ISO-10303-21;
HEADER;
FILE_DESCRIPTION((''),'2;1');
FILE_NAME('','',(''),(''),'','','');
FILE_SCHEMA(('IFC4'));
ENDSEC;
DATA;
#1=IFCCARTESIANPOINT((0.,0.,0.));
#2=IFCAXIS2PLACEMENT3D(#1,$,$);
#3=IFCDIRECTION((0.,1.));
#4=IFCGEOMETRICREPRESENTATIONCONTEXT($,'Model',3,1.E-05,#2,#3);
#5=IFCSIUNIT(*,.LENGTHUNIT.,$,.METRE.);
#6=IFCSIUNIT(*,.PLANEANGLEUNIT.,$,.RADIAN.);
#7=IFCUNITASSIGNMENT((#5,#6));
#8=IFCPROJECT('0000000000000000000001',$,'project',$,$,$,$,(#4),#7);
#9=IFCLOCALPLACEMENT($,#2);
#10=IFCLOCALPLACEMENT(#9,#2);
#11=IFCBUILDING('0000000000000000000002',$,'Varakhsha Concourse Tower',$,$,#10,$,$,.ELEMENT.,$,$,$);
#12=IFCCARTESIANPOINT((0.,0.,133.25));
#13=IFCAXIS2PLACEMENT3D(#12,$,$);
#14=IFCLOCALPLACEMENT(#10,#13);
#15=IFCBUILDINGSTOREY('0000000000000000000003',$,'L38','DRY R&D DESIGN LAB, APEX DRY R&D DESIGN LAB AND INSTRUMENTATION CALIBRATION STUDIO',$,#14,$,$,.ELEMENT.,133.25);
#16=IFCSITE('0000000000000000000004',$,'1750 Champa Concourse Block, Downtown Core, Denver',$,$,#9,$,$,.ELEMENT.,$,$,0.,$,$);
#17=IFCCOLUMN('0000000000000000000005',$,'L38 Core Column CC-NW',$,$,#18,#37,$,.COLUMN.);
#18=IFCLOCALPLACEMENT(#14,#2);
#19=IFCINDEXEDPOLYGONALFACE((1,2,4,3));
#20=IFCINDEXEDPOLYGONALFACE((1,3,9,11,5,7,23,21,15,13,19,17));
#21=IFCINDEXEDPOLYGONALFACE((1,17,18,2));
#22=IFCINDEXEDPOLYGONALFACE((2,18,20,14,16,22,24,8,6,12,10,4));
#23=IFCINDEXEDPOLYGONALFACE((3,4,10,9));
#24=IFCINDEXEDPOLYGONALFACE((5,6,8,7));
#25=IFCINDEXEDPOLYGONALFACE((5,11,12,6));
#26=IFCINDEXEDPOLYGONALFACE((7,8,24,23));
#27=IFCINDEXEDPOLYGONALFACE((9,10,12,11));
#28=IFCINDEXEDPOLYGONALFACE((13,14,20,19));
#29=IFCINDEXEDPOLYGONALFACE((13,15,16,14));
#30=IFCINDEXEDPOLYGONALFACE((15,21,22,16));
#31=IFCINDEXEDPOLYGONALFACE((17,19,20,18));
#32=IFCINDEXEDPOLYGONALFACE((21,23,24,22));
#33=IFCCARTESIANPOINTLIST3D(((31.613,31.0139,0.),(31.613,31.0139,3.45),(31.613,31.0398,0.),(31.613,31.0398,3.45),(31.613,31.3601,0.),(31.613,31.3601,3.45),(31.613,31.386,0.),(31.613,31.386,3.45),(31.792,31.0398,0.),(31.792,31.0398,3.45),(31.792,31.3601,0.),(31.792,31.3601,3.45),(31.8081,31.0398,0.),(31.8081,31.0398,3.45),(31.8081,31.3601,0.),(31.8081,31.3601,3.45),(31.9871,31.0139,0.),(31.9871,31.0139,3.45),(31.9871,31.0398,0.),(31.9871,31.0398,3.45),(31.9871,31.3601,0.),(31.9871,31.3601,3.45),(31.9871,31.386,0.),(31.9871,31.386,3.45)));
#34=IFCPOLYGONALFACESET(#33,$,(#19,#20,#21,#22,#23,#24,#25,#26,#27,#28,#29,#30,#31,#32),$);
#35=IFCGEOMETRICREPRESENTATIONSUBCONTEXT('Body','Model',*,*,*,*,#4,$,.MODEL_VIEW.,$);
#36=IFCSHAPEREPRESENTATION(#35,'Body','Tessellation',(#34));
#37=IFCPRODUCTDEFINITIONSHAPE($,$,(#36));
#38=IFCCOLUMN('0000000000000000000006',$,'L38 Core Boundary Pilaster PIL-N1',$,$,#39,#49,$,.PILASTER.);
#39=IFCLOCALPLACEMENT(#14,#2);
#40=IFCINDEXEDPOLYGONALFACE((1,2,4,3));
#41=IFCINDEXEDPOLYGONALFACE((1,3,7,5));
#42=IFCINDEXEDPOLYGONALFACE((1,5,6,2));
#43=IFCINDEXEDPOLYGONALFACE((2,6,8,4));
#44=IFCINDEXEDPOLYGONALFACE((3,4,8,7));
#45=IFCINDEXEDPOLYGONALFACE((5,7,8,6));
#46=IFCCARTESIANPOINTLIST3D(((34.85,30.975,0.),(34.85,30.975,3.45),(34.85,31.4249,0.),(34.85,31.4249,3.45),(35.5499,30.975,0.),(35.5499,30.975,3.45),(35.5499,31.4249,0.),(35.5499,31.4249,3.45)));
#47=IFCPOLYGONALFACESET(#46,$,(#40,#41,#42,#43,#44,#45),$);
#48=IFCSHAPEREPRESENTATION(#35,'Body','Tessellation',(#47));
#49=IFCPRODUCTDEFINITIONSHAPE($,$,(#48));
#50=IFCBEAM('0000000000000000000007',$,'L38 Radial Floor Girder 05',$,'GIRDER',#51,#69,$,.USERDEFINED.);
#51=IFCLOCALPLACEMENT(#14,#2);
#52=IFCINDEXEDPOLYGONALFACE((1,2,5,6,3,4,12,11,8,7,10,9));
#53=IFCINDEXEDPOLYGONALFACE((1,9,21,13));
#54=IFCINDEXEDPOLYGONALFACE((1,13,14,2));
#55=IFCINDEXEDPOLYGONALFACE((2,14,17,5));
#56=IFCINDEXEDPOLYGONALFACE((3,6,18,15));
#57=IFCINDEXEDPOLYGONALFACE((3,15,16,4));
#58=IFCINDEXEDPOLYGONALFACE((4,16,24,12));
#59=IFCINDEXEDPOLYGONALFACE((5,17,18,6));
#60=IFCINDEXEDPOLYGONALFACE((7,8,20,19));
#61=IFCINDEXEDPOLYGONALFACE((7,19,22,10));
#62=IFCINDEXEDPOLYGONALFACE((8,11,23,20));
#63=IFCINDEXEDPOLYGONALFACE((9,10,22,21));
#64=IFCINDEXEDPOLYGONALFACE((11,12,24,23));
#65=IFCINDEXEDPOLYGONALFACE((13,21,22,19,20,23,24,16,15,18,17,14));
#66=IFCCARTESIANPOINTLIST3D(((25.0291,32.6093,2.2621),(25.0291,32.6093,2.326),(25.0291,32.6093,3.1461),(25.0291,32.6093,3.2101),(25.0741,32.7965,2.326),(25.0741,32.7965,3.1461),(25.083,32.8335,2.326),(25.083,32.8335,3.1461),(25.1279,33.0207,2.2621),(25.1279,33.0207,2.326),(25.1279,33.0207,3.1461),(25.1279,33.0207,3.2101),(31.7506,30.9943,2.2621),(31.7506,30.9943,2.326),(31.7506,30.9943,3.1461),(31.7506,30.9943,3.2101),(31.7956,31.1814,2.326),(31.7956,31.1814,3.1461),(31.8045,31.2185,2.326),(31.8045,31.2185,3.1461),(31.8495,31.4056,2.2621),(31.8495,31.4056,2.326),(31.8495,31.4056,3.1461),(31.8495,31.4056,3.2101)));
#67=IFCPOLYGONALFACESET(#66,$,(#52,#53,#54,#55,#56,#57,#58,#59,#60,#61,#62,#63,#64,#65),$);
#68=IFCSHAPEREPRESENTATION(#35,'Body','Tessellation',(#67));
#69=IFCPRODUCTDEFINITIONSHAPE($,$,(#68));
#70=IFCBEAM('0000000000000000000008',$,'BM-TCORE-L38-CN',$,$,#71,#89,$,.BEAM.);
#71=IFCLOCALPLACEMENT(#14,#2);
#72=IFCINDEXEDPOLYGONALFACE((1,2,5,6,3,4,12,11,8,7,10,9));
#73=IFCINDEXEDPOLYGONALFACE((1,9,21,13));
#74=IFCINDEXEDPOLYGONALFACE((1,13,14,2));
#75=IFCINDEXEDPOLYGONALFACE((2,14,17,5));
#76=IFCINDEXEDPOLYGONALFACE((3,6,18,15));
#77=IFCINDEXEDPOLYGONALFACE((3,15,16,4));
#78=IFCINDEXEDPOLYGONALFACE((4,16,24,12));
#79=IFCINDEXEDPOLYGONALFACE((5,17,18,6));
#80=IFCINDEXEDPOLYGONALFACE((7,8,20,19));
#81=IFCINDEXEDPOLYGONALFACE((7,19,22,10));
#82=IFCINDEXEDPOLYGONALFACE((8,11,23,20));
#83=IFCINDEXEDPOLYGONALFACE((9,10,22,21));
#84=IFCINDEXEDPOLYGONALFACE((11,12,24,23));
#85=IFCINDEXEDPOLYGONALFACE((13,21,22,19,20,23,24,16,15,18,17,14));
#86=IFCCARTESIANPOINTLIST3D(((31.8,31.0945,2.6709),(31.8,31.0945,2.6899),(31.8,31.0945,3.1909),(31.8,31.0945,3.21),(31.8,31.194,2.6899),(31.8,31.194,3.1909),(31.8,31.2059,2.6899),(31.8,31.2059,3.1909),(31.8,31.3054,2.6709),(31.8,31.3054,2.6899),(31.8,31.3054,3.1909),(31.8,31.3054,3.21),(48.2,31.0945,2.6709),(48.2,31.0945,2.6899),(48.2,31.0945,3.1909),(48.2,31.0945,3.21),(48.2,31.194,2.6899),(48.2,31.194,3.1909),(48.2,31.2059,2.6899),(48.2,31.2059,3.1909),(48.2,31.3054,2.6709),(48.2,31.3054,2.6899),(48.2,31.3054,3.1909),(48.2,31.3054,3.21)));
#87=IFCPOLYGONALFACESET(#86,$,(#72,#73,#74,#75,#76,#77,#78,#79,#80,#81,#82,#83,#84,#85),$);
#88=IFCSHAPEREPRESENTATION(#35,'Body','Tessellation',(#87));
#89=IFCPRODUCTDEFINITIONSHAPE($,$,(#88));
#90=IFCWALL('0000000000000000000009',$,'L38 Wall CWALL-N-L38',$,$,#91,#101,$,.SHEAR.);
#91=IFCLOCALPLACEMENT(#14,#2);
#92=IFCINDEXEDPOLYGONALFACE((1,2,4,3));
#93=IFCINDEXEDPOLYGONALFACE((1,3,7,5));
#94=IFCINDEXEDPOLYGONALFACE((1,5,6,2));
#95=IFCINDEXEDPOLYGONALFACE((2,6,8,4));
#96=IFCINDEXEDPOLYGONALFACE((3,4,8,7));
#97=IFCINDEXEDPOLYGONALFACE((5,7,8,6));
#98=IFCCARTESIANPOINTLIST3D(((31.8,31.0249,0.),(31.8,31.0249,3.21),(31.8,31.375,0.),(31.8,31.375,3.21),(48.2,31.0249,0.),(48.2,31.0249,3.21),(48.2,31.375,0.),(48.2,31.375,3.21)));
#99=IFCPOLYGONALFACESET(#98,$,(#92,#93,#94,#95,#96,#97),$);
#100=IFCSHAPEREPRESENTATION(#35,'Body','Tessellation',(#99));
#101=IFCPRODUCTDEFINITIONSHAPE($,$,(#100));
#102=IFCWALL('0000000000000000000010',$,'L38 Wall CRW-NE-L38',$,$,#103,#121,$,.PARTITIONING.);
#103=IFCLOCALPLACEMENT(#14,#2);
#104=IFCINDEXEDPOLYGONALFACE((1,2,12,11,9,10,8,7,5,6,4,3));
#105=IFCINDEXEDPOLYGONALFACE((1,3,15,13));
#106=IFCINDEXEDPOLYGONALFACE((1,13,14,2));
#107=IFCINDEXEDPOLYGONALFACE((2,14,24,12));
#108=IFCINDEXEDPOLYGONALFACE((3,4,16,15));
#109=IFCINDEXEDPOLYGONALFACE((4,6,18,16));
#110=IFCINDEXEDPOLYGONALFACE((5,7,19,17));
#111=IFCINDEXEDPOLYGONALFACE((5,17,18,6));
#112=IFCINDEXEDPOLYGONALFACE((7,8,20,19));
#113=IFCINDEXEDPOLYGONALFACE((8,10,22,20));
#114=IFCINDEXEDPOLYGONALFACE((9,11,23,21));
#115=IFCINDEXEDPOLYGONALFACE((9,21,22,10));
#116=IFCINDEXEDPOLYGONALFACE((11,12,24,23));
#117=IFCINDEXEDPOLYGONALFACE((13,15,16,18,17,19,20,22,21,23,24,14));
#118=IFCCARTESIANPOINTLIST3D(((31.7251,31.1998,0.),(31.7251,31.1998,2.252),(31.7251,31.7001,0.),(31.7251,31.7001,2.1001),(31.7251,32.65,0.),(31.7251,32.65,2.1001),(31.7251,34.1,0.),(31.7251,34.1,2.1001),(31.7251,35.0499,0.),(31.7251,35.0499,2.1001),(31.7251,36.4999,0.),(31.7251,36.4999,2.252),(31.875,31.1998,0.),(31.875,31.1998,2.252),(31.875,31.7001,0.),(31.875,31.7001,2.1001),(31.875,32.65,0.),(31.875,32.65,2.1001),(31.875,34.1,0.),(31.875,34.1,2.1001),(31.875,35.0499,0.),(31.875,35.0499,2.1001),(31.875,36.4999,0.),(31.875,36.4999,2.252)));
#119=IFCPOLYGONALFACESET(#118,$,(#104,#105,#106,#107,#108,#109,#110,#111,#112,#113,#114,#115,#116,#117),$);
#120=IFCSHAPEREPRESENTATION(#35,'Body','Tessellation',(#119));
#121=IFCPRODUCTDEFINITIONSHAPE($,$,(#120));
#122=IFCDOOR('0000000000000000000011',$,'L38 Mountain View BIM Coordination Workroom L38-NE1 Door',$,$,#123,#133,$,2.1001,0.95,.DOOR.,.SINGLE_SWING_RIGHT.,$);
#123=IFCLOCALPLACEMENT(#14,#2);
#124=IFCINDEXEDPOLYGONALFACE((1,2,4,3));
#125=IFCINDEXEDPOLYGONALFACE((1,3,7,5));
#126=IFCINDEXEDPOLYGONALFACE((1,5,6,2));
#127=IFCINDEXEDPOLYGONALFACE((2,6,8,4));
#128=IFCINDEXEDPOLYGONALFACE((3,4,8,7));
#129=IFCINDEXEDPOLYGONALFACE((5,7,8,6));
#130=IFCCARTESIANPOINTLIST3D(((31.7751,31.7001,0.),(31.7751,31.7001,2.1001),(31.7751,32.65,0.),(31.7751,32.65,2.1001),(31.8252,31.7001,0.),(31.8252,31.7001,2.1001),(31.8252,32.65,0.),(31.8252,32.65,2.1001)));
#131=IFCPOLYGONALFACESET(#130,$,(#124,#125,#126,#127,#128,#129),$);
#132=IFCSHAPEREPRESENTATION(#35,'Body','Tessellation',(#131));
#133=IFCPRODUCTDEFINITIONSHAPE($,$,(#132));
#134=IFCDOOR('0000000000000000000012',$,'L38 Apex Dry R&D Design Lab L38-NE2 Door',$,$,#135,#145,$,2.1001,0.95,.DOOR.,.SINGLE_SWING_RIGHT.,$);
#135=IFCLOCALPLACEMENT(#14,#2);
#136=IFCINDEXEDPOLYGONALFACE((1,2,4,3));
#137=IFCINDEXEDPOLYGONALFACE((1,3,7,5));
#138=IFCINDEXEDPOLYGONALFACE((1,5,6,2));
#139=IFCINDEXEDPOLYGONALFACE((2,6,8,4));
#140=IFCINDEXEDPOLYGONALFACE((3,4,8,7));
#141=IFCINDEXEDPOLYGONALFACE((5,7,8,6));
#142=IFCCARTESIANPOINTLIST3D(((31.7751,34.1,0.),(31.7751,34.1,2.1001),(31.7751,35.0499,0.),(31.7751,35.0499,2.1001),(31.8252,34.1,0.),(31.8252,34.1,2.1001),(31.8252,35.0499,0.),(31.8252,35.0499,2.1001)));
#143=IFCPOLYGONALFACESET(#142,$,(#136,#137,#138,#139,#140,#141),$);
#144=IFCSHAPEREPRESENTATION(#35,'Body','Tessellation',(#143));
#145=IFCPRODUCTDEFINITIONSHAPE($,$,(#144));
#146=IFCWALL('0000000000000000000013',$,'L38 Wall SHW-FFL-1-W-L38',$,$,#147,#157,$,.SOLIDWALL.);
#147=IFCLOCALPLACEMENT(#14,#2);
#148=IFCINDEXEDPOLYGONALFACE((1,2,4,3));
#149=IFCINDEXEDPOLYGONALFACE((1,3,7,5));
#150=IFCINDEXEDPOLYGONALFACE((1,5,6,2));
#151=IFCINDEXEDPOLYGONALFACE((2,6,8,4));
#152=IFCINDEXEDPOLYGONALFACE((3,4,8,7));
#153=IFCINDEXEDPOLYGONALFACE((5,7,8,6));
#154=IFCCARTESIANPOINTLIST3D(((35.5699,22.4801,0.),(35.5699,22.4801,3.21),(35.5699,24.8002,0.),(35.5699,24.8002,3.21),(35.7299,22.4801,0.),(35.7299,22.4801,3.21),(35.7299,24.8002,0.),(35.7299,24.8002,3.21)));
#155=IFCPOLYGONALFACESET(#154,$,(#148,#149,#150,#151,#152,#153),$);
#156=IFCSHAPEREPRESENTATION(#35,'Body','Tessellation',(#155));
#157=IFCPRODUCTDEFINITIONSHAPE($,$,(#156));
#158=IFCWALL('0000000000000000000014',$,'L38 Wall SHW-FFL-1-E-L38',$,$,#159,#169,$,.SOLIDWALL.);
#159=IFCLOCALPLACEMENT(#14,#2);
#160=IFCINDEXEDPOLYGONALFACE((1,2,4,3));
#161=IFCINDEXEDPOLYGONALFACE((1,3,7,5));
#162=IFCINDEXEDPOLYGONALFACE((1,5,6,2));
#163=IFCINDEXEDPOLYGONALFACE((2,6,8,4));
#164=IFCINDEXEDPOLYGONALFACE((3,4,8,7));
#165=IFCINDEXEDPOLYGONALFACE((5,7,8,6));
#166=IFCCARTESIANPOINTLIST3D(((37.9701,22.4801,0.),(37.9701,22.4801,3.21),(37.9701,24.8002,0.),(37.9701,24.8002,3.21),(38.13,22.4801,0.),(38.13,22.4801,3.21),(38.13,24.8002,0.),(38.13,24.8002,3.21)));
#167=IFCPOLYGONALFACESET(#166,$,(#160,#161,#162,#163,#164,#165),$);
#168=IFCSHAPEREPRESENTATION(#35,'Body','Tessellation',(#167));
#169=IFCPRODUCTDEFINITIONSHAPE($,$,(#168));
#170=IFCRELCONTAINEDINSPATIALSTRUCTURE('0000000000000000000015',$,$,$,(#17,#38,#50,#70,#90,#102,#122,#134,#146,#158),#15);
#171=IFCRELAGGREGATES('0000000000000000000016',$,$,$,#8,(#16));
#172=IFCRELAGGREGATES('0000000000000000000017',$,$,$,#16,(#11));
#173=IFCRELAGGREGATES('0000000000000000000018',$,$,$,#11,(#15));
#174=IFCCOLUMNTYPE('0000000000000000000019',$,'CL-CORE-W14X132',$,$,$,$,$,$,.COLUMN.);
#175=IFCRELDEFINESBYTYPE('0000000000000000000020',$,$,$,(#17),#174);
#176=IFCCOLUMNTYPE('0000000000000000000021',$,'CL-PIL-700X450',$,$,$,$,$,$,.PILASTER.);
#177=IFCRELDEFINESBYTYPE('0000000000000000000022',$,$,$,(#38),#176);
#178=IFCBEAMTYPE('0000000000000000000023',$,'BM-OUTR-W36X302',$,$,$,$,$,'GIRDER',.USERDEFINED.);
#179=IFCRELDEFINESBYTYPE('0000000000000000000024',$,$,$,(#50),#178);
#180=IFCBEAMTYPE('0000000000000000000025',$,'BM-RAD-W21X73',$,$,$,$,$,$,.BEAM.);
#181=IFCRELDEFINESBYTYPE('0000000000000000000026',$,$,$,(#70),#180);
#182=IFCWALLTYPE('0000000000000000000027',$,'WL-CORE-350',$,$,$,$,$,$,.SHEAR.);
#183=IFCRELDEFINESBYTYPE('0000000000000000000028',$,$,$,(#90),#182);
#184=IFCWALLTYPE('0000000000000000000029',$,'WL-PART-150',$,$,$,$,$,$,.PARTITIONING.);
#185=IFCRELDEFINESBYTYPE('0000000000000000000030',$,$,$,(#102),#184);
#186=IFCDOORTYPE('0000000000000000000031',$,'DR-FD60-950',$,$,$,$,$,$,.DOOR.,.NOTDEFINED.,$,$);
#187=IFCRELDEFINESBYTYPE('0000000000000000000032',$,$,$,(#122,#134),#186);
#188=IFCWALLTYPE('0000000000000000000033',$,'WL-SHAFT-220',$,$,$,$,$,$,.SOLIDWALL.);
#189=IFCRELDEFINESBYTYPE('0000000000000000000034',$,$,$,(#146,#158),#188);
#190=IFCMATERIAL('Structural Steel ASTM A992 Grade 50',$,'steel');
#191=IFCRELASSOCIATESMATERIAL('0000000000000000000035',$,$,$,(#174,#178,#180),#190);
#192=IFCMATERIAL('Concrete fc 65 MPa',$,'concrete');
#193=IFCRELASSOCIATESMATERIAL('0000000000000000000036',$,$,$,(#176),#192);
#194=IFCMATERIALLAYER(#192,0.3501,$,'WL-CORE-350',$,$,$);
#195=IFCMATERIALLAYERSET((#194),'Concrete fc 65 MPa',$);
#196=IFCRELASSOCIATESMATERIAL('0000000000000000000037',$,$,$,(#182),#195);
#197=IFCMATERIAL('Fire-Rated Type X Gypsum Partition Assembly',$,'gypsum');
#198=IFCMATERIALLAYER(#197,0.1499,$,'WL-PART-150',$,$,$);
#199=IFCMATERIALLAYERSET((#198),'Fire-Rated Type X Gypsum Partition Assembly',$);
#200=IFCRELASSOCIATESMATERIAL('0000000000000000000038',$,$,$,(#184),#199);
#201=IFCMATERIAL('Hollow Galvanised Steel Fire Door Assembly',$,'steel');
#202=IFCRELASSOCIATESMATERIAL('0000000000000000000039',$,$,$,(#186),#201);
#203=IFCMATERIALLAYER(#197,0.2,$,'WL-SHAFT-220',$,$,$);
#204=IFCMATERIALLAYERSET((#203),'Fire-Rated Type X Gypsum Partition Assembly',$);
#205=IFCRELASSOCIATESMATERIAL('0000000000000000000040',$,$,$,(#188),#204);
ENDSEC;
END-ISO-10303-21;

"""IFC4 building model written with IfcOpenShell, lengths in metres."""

from ifc_helpers import new_model, si_unit, direction, frame, frame_2d, origin, origin_2d, place, context, subcontext, project, spatial, rectangle, i_section, extrude, material, layer, layer_set, material_profile, profile_set, type_object, element, fill, save


model = new_model("IFC4")

# Units and contexts
model_context = context("Model", 3, precision=1e-05, world=origin(), true_north=direction((0.0, 1.0)))
body_context = subcontext(model_context, "Body", "Model", "MODEL_VIEW")
ifc_project = project(units=[si_unit("LENGTHUNIT", "METRE"), si_unit("PLANEANGLEUNIT", "RADIAN")], contexts=[model_context])

# Site, building, storey
site_placement = place(None, origin())
site = spatial("IfcSite", under=ifc_project, at=site_placement, Name="1750 Champa Concourse Block, Downtown Core, Denver", CompositionType="ELEMENT", RefElevation=0.0)
building_placement = place(site_placement, origin())
building = spatial("IfcBuilding", under=site, at=building_placement, Name="Varakhsha Concourse Tower", CompositionType="ELEMENT")
storey_placement = place(building_placement, frame((0.0, 0.0, 133.25)))
storey = spatial("IfcBuildingStorey", under=building, at=storey_placement, Name="L38", Description="DRY R&D DESIGN LAB, APEX DRY R&D DESIGN LAB AND INSTRUMENTATION CALIBRATION STUDIO", CompositionType="ELEMENT", Elevation=133.25)

# Columns
ifc_material_1 = material(Name="Structural Steel ASTM A992 Grade 50", Category="steel")
ifc_material_profile_1 = material_profile(ifc_material_1, i_section(OverallWidth=0.374, OverallDepth=0.3721, WebThickness=0.0161, FlangeThickness=0.0259, at=origin_2d()), Name="W14X132")
ifc_profile_set_1 = profile_set([ifc_material_profile_1], Name="Structural Steel ASTM A992 Grade 50")
column_type_1 = type_object("IfcColumnType", Name="CL-CORE-W14X132", PredefinedType="COLUMN", material=ifc_profile_set_1)
column_1_placement = place(storey_placement, frame((31.8, 31.2, 0.0), z_axis=(0.0, 0.0, 1.0), x_axis=(1.0, 0.0, 0.0)))
element("IfcColumn", 1, at=column_1_placement, inside=storey, type_object=column_type_1, Name="L38 Core Column CC-NW", PredefinedType="COLUMN", context=body_context, shape_type="SweptSolid", body=[
    extrude(i_section(OverallWidth=0.374, OverallDepth=0.3721, WebThickness=0.0161, FlangeThickness=0.0259, at=origin_2d()), origin(), (0.0, 0.0, 1.0), 3.45),
])
ifc_material_2 = material(Name="Concrete fc 65 MPa", Category="concrete")
ifc_material_profile_2 = material_profile(ifc_material_2, rectangle(XDim=0.7, YDim=0.45, at=origin_2d()), Name="RC 700x450")
ifc_profile_set_2 = profile_set([ifc_material_profile_2], Name="Concrete fc 65 MPa")
column_type_2 = type_object("IfcColumnType", Name="CL-PIL-700X450", PredefinedType="PILASTER", material=ifc_profile_set_2)
column_2_placement = place(storey_placement, frame((35.2, 31.2, 0.0), z_axis=(0.0, 0.0, 1.0), x_axis=(1.0, 0.0, 0.0)))
element("IfcColumn", 2, at=column_2_placement, inside=storey, type_object=column_type_2, Name="L38 Core Boundary Pilaster PIL-N1", PredefinedType="PILASTER", context=body_context, shape_type="SweptSolid", body=[
    extrude(rectangle(XDim=0.7, YDim=0.45, at=origin_2d()), origin(), (0.0, 0.0, 1.0), 3.45),
])

# Beams
ifc_material_profile_3 = material_profile(ifc_material_1, i_section(OverallWidth=0.4231, OverallDepth=0.948, WebThickness=0.0381, FlangeThickness=0.064, at=origin_2d()), Name="W36X302")
ifc_profile_set_3 = profile_set([ifc_material_profile_3], Name="Structural Steel ASTM A992 Grade 50")
beam_type_1 = type_object("IfcBeamType", Name="BM-OUTR-W36X302", ElementType="GIRDER", PredefinedType="USERDEFINED", material=ifc_profile_set_3)
beam_1_placement = place(storey_placement, frame((31.8, 31.2, 2.7361), z_axis=(-0.972327, 0.233625, 0.0), x_axis=(-0.233625, -0.972327, 0.0)))
element("IfcBeam", 3, at=beam_1_placement, inside=storey, type_object=beam_type_1, Name="L38 Radial Floor Girder 05", ObjectType="GIRDER", PredefinedType="USERDEFINED", context=body_context, shape_type="SweptSolid", body=[
    extrude(i_section(OverallWidth=0.4231, OverallDepth=0.948, WebThickness=0.0381, FlangeThickness=0.064, at=origin_2d()), origin(), (0.0, 0.0, 1.0), 6.9128),
])
ifc_material_profile_4 = material_profile(ifc_material_1, i_section(OverallWidth=0.2109, OverallDepth=0.5391, WebThickness=0.012, FlangeThickness=0.019, at=origin_2d()), Name="W21X73")
ifc_profile_set_4 = profile_set([ifc_material_profile_4], Name="Structural Steel ASTM A992 Grade 50")
beam_type_2 = type_object("IfcBeamType", Name="BM-RAD-W21X73", PredefinedType="BEAM", material=ifc_profile_set_4)
beam_2_placement = place(storey_placement, frame((31.8, 31.2, 2.9404), z_axis=(1.0, 0.0, 0.0), x_axis=(0.0, 1.0, 0.0)))
element("IfcBeam", 4, at=beam_2_placement, inside=storey, type_object=beam_type_2, Name="BM-TCORE-L38-CN", PredefinedType="BEAM", context=body_context, shape_type="SweptSolid", body=[
    extrude(i_section(OverallWidth=0.2109, OverallDepth=0.5391, WebThickness=0.012, FlangeThickness=0.019, at=origin_2d()), origin(), (0.0, 0.0, 1.0), 16.3999),
])

# Wall
ifc_layer_1 = layer(ifc_material_2, 0.3501, Name="WL-CORE-350")
ifc_layer_set_1 = layer_set([ifc_layer_1], Name="Concrete fc 65 MPa")
wall_type_1 = type_object("IfcWallType", Name="WL-CORE-350", PredefinedType="SHEAR", material=ifc_layer_set_1)
wall_1_placement = place(storey_placement, frame((31.8, 31.2, 0.0), z_axis=(0.0, 0.0, 1.0), x_axis=(1.0, 0.0, 0.0)))
element("IfcWall", 5, at=wall_1_placement, inside=storey, type_object=wall_type_1, Name="L38 Wall CWALL-N-L38", PredefinedType="SHEAR", context=body_context, shape_type="SweptSolid", body=[
    extrude(rectangle(XDim=16.3999, YDim=0.3501, at=frame_2d((8.2, 0.0))), origin(), (0.0, 0.0, 1.0), 3.21),
])

# Wall, openings, doors
ifc_material_3 = material(Name="Fire-Rated Type X Gypsum Partition Assembly", Category="gypsum")
ifc_layer_2 = layer(ifc_material_3, 0.1499, Name="WL-PART-150")
ifc_layer_set_2 = layer_set([ifc_layer_2], Name="Fire-Rated Type X Gypsum Partition Assembly")
wall_type_2 = type_object("IfcWallType", Name="WL-PART-150", PredefinedType="PARTITIONING", material=ifc_layer_set_2)
wall_2_placement = place(storey_placement, frame((31.8, 31.2, 0.0), z_axis=(0.0, 0.0, 1.0), x_axis=(0.0, 1.0, 0.0)))
wall_2 = element("IfcWall", 6, at=wall_2_placement, inside=storey, type_object=wall_type_2, Name="L38 Wall CRW-NE-L38", PredefinedType="PARTITIONING", context=body_context, shape_type="SweptSolid", body=[
    extrude(rectangle(XDim=5.3, YDim=0.1499, at=frame_2d((2.6499, 0.0))), origin(), (0.0, 0.0, 1.0), 2.252),
])
opening_1_placement = place(wall_2_placement, frame((0.5, 0.0, 0.0)))
opening_1 = element("IfcOpeningElement", 7, at=opening_1_placement, cuts=wall_2, PredefinedType="OPENING", context=body_context, shape_type="SweptSolid", body=[
    extrude(rectangle(XDim=0.95, YDim=2.1001, at=frame_2d((0.4751, 1.05))), frame((0.0, 0.085, 0.0), z_axis=(0.0, -1.0, 0.0), x_axis=(1.0, 0.0, 0.0)), (0.0, 0.0, 1.0), 0.1699),
])
opening_2_placement = place(wall_2_placement, frame((2.8999, 0.0, 0.0)))
opening_2 = element("IfcOpeningElement", 8, at=opening_2_placement, cuts=wall_2, PredefinedType="OPENING", context=body_context, shape_type="SweptSolid", body=[
    extrude(rectangle(XDim=0.95, YDim=2.1001, at=frame_2d((0.4751, 1.05))), frame((0.0, 0.085, 0.0), z_axis=(0.0, -1.0, 0.0), x_axis=(1.0, 0.0, 0.0)), (0.0, 0.0, 1.0), 0.1699),
])
ifc_material_4 = material(Name="Hollow Galvanised Steel Fire Door Assembly", Category="steel")
door_type_1 = type_object("IfcDoorType", Name="DR-FD60-950", OperationType="NOTDEFINED", PredefinedType="DOOR", material=ifc_material_4)
door_1_placement = place(opening_1_placement, origin())
door_1 = element("IfcDoor", 9, at=door_1_placement, inside=storey, type_object=door_type_1, Name="L38 Mountain View BIM Coordination Workroom L38-NE1 Door", OperationType="SINGLE_SWING_RIGHT", OverallHeight=2.1001, OverallWidth=0.95, PredefinedType="DOOR", context=body_context, shape_type="SweptSolid", body=[
    extrude(rectangle(XDim=0.95, YDim=2.1001, at=frame_2d((0.4751, 1.05))), frame((0.0, 0.0249, 0.0), z_axis=(0.0, -1.0, 0.0), x_axis=(1.0, 0.0, 0.0)), (0.0, 0.0, 1.0), 0.05),
])
fill(opening_1, door_1)
door_2_placement = place(opening_2_placement, origin())
door_2 = element("IfcDoor", 10, at=door_2_placement, inside=storey, type_object=door_type_1, Name="L38 Apex Dry R&D Design Lab L38-NE2 Door", OperationType="SINGLE_SWING_RIGHT", OverallHeight=2.1001, OverallWidth=0.95, PredefinedType="DOOR", context=body_context, shape_type="SweptSolid", body=[
    extrude(rectangle(XDim=0.95, YDim=2.1001, at=frame_2d((0.4751, 1.05))), frame((0.0, 0.0249, 0.0), z_axis=(0.0, -1.0, 0.0), x_axis=(1.0, 0.0, 0.0)), (0.0, 0.0, 1.0), 0.05),
])
fill(opening_2, door_2)
ifc_layer_3 = layer(ifc_material_3, 0.2, Name="WL-SHAFT-220")
ifc_layer_set_3 = layer_set([ifc_layer_3], Name="Fire-Rated Type X Gypsum Partition Assembly")
wall_type_3 = type_object("IfcWallType", Name="WL-SHAFT-220", PredefinedType="SOLIDWALL", material=ifc_layer_set_3)

# Walls
for number, where, z_axis, x_axis, name in (
    (11, (35.6499, 22.48, 0.0), (0.0, 0.0, 1.0), (0.0, 1.0, 0.0), "L38 Wall SHW-FFL-1-W-L38"),
    (12, (38.05, 22.48, 0.0), (0.0, 0.0, 1.0), (0.0, 1.0, 0.0), "L38 Wall SHW-FFL-1-E-L38"),
):
    element("IfcWall", number, at=place(storey_placement, frame(where, z_axis=z_axis, x_axis=x_axis)), inside=storey, type_object=wall_type_3, Name=name, PredefinedType="SOLIDWALL", context=body_context, shape_type="SweptSolid", body=[
        extrude(rectangle(XDim=2.3201, YDim=0.1599, at=frame_2d((1.1602, 0.0))), origin(), (0.0, 0.0, 1.0), 3.21),
    ])

save(model, "model.ifc")
